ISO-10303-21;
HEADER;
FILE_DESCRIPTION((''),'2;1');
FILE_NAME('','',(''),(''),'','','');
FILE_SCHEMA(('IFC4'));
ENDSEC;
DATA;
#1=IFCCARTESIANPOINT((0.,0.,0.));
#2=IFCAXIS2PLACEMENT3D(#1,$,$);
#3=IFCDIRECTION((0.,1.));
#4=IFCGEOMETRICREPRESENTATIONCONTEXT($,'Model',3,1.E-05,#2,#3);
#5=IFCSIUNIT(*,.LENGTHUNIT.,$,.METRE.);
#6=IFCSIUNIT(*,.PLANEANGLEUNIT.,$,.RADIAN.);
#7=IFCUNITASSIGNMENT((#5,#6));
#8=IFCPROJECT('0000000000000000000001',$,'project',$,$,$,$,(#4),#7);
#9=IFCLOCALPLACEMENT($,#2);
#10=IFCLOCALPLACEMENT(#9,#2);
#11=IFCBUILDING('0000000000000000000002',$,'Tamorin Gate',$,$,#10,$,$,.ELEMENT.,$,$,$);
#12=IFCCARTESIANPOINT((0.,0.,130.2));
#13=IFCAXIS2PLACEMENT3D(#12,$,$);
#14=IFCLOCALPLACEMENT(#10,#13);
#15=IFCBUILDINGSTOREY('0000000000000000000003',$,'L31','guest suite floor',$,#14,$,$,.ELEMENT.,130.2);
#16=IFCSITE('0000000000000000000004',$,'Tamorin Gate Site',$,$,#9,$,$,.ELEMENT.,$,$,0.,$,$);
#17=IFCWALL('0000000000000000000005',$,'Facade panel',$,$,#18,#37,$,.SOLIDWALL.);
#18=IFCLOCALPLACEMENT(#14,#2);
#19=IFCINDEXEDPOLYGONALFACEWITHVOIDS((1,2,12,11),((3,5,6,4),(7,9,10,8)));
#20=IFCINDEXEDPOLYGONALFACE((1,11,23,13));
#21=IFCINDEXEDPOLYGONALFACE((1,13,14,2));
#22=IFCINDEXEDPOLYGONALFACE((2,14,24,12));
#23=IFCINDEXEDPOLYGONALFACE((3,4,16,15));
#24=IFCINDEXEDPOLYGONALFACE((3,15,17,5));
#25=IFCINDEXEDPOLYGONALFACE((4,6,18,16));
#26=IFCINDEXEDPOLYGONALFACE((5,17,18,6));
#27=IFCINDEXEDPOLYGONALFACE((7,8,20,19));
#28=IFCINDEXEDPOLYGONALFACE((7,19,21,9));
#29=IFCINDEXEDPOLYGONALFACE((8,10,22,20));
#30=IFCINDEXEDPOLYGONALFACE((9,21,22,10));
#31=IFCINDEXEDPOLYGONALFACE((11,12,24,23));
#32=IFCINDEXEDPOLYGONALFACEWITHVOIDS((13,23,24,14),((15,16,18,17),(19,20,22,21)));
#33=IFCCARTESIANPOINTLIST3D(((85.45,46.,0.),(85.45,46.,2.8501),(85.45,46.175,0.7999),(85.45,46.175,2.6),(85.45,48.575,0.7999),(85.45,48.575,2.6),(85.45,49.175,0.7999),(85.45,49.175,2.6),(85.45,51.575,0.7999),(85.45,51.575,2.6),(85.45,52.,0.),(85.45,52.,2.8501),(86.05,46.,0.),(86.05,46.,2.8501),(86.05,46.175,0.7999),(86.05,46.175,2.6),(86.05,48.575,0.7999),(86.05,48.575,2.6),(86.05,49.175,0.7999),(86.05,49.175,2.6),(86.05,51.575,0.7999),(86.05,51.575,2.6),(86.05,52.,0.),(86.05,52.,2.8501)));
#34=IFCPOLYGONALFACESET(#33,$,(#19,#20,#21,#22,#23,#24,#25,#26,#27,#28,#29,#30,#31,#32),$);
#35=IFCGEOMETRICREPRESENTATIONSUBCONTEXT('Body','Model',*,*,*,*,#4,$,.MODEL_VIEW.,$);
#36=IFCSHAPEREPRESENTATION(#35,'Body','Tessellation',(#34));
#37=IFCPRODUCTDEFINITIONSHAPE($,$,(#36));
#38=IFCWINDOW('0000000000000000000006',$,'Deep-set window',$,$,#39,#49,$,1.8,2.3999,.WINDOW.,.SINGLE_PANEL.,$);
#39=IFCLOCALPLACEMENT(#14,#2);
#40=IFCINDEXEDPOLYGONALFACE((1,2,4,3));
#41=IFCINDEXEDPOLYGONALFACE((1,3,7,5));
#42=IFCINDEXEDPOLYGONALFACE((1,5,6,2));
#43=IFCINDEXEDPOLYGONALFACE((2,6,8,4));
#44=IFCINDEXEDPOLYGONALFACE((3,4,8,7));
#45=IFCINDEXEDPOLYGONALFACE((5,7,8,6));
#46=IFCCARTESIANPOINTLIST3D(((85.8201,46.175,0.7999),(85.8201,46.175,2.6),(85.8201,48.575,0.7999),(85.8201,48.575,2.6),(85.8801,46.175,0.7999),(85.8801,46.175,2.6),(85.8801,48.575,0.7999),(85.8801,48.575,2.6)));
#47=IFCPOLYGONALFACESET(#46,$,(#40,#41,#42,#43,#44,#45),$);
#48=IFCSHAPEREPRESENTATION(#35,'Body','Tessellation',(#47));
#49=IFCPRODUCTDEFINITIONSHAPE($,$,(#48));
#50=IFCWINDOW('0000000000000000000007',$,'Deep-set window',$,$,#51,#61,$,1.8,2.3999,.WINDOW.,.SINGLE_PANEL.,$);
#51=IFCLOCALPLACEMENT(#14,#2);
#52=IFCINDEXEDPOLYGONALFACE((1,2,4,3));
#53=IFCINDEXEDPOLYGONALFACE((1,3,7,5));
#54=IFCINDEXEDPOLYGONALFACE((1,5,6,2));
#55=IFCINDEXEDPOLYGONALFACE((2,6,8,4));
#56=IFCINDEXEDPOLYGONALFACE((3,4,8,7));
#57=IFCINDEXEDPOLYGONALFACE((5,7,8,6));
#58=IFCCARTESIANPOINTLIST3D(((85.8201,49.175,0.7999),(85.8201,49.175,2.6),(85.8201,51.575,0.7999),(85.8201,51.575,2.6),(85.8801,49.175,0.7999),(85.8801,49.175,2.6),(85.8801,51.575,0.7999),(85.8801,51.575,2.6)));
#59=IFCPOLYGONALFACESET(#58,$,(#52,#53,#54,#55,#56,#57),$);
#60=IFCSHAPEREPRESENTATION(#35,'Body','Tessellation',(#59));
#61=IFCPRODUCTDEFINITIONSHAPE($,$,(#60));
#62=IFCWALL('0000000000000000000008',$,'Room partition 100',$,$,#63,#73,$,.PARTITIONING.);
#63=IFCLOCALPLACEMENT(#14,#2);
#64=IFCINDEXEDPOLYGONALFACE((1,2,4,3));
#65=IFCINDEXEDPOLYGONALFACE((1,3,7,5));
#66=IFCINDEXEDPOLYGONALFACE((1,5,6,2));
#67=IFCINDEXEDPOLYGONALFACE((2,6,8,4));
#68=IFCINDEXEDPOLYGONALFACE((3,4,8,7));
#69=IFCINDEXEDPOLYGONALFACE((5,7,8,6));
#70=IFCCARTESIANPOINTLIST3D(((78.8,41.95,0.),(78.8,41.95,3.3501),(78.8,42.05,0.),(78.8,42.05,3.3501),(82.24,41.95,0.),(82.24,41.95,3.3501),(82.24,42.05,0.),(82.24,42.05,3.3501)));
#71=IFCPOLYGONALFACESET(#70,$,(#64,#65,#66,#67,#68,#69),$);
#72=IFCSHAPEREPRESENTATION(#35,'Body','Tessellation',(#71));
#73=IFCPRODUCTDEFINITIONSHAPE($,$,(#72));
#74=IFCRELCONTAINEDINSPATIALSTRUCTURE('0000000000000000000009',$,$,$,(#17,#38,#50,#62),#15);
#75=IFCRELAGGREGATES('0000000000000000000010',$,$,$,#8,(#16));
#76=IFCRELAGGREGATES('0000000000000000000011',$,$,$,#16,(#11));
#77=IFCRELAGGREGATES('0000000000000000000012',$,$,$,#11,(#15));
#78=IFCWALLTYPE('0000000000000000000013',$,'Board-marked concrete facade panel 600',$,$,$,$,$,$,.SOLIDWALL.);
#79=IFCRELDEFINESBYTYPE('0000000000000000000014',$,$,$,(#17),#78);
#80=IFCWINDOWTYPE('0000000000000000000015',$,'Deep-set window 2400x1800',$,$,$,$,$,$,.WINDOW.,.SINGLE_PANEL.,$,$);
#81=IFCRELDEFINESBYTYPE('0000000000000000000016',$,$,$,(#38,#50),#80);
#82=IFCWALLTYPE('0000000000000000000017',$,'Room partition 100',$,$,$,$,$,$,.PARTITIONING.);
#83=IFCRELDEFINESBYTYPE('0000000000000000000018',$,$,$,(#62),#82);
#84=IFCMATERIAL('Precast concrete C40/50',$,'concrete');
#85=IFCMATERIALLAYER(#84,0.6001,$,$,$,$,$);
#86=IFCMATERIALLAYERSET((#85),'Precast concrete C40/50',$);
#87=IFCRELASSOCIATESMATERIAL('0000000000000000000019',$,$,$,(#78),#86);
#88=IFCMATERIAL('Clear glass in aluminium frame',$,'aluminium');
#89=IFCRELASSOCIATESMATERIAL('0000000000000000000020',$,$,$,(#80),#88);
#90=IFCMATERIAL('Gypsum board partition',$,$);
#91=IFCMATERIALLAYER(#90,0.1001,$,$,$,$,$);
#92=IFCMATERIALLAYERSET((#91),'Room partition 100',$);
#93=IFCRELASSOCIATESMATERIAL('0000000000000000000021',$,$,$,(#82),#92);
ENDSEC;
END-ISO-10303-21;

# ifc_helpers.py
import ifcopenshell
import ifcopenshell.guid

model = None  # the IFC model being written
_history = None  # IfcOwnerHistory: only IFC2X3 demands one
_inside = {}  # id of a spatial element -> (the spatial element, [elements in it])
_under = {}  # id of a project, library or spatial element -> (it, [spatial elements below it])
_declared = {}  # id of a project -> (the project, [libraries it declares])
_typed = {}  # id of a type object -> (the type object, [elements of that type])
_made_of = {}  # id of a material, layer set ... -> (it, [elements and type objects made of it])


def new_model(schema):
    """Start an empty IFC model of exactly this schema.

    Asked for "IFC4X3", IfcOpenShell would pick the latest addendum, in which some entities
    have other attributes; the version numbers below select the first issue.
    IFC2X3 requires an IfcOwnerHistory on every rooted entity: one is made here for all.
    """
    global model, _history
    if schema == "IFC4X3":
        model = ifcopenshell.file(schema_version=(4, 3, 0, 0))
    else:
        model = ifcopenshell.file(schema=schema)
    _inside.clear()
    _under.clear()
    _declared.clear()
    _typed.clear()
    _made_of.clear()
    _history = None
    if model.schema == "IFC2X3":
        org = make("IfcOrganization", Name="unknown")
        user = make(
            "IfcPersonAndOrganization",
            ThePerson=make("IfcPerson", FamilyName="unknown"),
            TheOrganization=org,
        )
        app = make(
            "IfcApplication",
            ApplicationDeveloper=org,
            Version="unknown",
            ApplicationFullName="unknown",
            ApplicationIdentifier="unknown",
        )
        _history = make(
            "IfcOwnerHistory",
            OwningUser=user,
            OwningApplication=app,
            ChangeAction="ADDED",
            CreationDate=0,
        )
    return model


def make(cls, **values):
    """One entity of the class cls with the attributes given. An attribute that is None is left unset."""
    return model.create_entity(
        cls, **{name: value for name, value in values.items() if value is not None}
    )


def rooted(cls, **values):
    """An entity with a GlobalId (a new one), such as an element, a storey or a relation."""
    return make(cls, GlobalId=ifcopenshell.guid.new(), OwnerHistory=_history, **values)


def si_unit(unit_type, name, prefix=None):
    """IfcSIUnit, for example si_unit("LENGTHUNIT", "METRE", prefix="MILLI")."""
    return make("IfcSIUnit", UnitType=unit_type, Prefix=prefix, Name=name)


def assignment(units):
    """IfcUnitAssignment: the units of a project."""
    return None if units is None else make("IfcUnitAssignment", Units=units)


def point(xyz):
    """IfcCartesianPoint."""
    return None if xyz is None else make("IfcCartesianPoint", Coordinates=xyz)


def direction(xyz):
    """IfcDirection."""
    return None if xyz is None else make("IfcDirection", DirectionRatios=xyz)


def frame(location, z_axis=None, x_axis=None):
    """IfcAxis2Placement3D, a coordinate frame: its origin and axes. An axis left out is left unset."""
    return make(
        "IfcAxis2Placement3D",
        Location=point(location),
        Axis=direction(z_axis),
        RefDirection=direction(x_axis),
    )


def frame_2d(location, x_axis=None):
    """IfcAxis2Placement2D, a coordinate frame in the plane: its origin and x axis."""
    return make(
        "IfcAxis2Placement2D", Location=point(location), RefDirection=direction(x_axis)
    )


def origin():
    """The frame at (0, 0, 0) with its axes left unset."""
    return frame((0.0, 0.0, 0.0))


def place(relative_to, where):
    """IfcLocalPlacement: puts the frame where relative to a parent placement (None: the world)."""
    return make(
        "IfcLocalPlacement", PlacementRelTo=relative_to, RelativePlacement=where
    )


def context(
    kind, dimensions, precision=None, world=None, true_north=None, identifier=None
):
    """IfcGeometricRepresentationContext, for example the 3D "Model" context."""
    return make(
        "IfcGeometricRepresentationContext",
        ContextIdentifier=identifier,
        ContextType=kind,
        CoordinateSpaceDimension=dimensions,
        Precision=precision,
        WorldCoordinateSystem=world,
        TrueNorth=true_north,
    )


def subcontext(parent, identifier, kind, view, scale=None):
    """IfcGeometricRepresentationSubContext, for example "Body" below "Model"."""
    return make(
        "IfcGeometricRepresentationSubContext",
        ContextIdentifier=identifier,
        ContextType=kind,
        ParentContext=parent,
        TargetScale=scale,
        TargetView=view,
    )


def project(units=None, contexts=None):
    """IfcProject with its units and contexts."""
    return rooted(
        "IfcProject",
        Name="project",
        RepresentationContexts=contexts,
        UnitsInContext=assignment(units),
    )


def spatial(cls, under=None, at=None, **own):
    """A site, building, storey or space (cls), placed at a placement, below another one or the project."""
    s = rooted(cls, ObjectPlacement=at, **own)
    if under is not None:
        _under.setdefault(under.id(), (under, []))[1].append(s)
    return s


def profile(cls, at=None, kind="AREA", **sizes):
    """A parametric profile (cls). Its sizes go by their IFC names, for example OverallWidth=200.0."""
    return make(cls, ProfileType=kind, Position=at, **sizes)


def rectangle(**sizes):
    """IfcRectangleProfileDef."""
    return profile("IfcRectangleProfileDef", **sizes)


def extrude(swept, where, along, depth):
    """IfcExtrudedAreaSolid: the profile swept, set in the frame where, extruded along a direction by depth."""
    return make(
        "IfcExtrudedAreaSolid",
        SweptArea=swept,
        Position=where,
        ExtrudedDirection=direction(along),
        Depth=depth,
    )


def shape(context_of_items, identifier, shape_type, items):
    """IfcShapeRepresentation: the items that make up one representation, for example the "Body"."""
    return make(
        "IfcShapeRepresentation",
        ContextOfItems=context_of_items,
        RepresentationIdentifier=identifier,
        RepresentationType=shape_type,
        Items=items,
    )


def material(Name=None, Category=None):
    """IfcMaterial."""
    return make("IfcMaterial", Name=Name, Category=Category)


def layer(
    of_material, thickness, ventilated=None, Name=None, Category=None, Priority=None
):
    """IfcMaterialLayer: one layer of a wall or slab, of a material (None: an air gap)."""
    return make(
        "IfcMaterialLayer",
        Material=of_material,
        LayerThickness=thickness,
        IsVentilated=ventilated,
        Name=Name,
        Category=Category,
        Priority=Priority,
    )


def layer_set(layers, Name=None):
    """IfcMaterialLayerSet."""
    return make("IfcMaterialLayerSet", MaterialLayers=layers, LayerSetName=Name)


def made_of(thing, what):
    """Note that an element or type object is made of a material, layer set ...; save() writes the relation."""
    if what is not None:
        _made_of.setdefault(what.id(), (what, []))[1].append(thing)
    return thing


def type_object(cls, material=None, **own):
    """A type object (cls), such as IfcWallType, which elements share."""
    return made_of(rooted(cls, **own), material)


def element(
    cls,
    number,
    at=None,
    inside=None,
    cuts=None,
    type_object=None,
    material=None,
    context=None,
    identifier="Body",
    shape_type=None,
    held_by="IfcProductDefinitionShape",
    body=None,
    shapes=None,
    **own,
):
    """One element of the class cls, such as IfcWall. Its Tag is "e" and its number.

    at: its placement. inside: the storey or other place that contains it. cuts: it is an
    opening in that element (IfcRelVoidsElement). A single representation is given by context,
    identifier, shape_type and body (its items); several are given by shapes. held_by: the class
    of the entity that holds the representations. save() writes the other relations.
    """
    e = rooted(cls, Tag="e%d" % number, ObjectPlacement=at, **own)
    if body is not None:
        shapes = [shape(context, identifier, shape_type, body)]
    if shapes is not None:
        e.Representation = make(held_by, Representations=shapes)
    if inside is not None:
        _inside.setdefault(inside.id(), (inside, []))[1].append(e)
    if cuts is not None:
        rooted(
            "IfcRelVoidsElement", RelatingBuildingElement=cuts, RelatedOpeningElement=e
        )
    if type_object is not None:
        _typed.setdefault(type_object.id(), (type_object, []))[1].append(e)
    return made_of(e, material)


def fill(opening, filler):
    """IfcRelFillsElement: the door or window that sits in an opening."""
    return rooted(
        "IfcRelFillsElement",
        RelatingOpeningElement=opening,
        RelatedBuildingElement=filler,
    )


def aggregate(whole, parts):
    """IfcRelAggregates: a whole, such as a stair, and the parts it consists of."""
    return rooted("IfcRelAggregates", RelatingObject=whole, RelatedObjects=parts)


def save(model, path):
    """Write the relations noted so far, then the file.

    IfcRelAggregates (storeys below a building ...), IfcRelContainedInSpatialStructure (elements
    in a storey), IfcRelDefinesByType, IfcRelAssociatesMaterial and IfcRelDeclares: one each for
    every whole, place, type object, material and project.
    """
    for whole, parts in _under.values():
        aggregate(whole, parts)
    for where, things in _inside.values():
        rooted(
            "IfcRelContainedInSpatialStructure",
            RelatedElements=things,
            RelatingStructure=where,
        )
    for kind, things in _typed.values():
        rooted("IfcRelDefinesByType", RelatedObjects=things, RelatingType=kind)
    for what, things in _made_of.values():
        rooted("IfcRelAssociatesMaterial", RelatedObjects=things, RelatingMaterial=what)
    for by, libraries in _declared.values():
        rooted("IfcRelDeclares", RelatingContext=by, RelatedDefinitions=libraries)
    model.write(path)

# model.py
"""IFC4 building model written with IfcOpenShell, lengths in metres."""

from ifc_helpers import new_model, si_unit, direction, frame, frame_2d, origin, place, context, subcontext, project, spatial, rectangle, extrude, material, layer, layer_set, type_object, element, fill, save


model = new_model("IFC4")

# Units and contexts
model_context = context("Model", 3, precision=1e-05, world=origin(), true_north=direction((0.0, 1.0)))
body_context = subcontext(model_context, "Body", "Model", "MODEL_VIEW")
ifc_project = project(units=[si_unit("LENGTHUNIT", "METRE"), si_unit("PLANEANGLEUNIT", "RADIAN")], contexts=[model_context])

# Site, building, storey
site_placement = place(None, origin())
site = spatial("IfcSite", under=ifc_project, at=site_placement, Name="Tamorin Gate Site", CompositionType="ELEMENT", RefElevation=0.0)
building_placement = place(site_placement, origin())
building = spatial("IfcBuilding", under=site, at=building_placement, Name="Tamorin Gate", CompositionType="ELEMENT")
storey_placement = place(building_placement, frame((0.0, 0.0, 130.2)))
storey = spatial("IfcBuildingStorey", under=building, at=storey_placement, Name="L31", Description="guest suite floor", CompositionType="ELEMENT", Elevation=130.2)

# Shared definitions
ifc_material_1 = material(Name="Precast concrete C40/50", Category="concrete")
ifc_layer_1 = layer(ifc_material_1, 0.6001)
ifc_layer_set_1 = layer_set([ifc_layer_1], Name="Precast concrete C40/50")
wall_type_1 = type_object("IfcWallType", Name="Board-marked concrete facade panel 600", PredefinedType="SOLIDWALL", material=ifc_layer_set_1)
ifc_material_2 = material(Name="Clear glass in aluminium frame", Category="aluminium")
window_type_1 = type_object("IfcWindowType", Name="Deep-set window 2400x1800", PartitioningType="SINGLE_PANEL", PredefinedType="WINDOW", material=ifc_material_2)

# Wall, openings, windows
wall_1_placement = place(storey_placement, frame((85.75, 46.0, 0.0), z_axis=(0.0, 0.0, 1.0), x_axis=(0.0, 1.0, 0.0)))
wall_1 = element("IfcWall", 1, at=wall_1_placement, inside=storey, type_object=wall_type_1, Name="Facade panel", PredefinedType="SOLIDWALL", context=body_context, shape_type="SweptSolid", body=[
    extrude(rectangle(XDim=6.0, YDim=0.6001, at=frame_2d((3.0, 0.0))), origin(), (0.0, 0.0, 1.0), 2.8501),
])
opening_1_placement = place(wall_1_placement, frame((0.175, 0.0, 0.8)))
opening_1 = element("IfcOpeningElement", 2, at=opening_1_placement, cuts=wall_1, PredefinedType="OPENING", context=body_context, shape_type="SweptSolid", body=[
    extrude(rectangle(XDim=2.3999, YDim=1.8, at=frame_2d((1.2, 0.8999))), frame((0.0, 0.3101, 0.0), z_axis=(0.0, -1.0, 0.0), x_axis=(1.0, 0.0, 0.0)), (0.0, 0.0, 1.0), 0.6201),
])
opening_2_placement = place(wall_1_placement, frame((3.175, 0.0, 0.8)))
opening_2 = element("IfcOpeningElement", 3, at=opening_2_placement, cuts=wall_1, PredefinedType="OPENING", context=body_context, shape_type="SweptSolid", body=[
    extrude(rectangle(XDim=2.3999, YDim=1.8, at=frame_2d((1.2, 0.8999))), frame((0.0, 0.3101, 0.0), z_axis=(0.0, -1.0, 0.0), x_axis=(1.0, 0.0, 0.0)), (0.0, 0.0, 1.0), 0.6201),
])
window_1_placement = place(opening_1_placement, origin())
window_1 = element("IfcWindow", 4, at=window_1_placement, inside=storey, type_object=window_type_1, Name="Deep-set window", OverallHeight=1.8, OverallWidth=2.3999, PartitioningType="SINGLE_PANEL", PredefinedType="WINDOW", context=body_context, shape_type="SweptSolid", body=[
    extrude(rectangle(XDim=2.3999, YDim=1.8, at=frame_2d((1.2, 0.8999))), frame((0.0, -0.0701, 0.0), z_axis=(0.0, -1.0, 0.0), x_axis=(1.0, 0.0, 0.0)), (0.0, 0.0, 1.0), 0.0601),
])
fill(opening_1, window_1)
window_2_placement = place(opening_2_placement, origin())
window_2 = element("IfcWindow", 5, at=window_2_placement, inside=storey, type_object=window_type_1, Name="Deep-set window", OverallHeight=1.8, OverallWidth=2.3999, PartitioningType="SINGLE_PANEL", PredefinedType="WINDOW", context=body_context, shape_type="SweptSolid", body=[
    extrude(rectangle(XDim=2.3999, YDim=1.8, at=frame_2d((1.2, 0.8999))), frame((0.0, -0.0701, 0.0), z_axis=(0.0, -1.0, 0.0), x_axis=(1.0, 0.0, 0.0)), (0.0, 0.0, 1.0), 0.0601),
])
fill(opening_2, window_2)

# Wall
ifc_material_3 = material(Name="Gypsum board partition")
ifc_layer_2 = layer(ifc_material_3, 0.1001)
ifc_layer_set_2 = layer_set([ifc_layer_2], Name="Room partition 100")
wall_type_2 = type_object("IfcWallType", Name="Room partition 100", PredefinedType="PARTITIONING", material=ifc_layer_set_2)
wall_2_placement = place(storey_placement, frame((78.8, 42.0, 0.0), z_axis=(0.0, 0.0, 1.0), x_axis=(1.0, 0.0, 0.0)))
element("IfcWall", 6, at=wall_2_placement, inside=storey, type_object=wall_type_2, Name="Room partition 100", PredefinedType="PARTITIONING", context=body_context, shape_type="SweptSolid", body=[
    extrude(rectangle(XDim=3.4399, YDim=0.1001, at=frame_2d((1.72, 0.0))), origin(), (0.0, 0.0, 1.0), 3.3501),
])

save(model, "model.ifc")
